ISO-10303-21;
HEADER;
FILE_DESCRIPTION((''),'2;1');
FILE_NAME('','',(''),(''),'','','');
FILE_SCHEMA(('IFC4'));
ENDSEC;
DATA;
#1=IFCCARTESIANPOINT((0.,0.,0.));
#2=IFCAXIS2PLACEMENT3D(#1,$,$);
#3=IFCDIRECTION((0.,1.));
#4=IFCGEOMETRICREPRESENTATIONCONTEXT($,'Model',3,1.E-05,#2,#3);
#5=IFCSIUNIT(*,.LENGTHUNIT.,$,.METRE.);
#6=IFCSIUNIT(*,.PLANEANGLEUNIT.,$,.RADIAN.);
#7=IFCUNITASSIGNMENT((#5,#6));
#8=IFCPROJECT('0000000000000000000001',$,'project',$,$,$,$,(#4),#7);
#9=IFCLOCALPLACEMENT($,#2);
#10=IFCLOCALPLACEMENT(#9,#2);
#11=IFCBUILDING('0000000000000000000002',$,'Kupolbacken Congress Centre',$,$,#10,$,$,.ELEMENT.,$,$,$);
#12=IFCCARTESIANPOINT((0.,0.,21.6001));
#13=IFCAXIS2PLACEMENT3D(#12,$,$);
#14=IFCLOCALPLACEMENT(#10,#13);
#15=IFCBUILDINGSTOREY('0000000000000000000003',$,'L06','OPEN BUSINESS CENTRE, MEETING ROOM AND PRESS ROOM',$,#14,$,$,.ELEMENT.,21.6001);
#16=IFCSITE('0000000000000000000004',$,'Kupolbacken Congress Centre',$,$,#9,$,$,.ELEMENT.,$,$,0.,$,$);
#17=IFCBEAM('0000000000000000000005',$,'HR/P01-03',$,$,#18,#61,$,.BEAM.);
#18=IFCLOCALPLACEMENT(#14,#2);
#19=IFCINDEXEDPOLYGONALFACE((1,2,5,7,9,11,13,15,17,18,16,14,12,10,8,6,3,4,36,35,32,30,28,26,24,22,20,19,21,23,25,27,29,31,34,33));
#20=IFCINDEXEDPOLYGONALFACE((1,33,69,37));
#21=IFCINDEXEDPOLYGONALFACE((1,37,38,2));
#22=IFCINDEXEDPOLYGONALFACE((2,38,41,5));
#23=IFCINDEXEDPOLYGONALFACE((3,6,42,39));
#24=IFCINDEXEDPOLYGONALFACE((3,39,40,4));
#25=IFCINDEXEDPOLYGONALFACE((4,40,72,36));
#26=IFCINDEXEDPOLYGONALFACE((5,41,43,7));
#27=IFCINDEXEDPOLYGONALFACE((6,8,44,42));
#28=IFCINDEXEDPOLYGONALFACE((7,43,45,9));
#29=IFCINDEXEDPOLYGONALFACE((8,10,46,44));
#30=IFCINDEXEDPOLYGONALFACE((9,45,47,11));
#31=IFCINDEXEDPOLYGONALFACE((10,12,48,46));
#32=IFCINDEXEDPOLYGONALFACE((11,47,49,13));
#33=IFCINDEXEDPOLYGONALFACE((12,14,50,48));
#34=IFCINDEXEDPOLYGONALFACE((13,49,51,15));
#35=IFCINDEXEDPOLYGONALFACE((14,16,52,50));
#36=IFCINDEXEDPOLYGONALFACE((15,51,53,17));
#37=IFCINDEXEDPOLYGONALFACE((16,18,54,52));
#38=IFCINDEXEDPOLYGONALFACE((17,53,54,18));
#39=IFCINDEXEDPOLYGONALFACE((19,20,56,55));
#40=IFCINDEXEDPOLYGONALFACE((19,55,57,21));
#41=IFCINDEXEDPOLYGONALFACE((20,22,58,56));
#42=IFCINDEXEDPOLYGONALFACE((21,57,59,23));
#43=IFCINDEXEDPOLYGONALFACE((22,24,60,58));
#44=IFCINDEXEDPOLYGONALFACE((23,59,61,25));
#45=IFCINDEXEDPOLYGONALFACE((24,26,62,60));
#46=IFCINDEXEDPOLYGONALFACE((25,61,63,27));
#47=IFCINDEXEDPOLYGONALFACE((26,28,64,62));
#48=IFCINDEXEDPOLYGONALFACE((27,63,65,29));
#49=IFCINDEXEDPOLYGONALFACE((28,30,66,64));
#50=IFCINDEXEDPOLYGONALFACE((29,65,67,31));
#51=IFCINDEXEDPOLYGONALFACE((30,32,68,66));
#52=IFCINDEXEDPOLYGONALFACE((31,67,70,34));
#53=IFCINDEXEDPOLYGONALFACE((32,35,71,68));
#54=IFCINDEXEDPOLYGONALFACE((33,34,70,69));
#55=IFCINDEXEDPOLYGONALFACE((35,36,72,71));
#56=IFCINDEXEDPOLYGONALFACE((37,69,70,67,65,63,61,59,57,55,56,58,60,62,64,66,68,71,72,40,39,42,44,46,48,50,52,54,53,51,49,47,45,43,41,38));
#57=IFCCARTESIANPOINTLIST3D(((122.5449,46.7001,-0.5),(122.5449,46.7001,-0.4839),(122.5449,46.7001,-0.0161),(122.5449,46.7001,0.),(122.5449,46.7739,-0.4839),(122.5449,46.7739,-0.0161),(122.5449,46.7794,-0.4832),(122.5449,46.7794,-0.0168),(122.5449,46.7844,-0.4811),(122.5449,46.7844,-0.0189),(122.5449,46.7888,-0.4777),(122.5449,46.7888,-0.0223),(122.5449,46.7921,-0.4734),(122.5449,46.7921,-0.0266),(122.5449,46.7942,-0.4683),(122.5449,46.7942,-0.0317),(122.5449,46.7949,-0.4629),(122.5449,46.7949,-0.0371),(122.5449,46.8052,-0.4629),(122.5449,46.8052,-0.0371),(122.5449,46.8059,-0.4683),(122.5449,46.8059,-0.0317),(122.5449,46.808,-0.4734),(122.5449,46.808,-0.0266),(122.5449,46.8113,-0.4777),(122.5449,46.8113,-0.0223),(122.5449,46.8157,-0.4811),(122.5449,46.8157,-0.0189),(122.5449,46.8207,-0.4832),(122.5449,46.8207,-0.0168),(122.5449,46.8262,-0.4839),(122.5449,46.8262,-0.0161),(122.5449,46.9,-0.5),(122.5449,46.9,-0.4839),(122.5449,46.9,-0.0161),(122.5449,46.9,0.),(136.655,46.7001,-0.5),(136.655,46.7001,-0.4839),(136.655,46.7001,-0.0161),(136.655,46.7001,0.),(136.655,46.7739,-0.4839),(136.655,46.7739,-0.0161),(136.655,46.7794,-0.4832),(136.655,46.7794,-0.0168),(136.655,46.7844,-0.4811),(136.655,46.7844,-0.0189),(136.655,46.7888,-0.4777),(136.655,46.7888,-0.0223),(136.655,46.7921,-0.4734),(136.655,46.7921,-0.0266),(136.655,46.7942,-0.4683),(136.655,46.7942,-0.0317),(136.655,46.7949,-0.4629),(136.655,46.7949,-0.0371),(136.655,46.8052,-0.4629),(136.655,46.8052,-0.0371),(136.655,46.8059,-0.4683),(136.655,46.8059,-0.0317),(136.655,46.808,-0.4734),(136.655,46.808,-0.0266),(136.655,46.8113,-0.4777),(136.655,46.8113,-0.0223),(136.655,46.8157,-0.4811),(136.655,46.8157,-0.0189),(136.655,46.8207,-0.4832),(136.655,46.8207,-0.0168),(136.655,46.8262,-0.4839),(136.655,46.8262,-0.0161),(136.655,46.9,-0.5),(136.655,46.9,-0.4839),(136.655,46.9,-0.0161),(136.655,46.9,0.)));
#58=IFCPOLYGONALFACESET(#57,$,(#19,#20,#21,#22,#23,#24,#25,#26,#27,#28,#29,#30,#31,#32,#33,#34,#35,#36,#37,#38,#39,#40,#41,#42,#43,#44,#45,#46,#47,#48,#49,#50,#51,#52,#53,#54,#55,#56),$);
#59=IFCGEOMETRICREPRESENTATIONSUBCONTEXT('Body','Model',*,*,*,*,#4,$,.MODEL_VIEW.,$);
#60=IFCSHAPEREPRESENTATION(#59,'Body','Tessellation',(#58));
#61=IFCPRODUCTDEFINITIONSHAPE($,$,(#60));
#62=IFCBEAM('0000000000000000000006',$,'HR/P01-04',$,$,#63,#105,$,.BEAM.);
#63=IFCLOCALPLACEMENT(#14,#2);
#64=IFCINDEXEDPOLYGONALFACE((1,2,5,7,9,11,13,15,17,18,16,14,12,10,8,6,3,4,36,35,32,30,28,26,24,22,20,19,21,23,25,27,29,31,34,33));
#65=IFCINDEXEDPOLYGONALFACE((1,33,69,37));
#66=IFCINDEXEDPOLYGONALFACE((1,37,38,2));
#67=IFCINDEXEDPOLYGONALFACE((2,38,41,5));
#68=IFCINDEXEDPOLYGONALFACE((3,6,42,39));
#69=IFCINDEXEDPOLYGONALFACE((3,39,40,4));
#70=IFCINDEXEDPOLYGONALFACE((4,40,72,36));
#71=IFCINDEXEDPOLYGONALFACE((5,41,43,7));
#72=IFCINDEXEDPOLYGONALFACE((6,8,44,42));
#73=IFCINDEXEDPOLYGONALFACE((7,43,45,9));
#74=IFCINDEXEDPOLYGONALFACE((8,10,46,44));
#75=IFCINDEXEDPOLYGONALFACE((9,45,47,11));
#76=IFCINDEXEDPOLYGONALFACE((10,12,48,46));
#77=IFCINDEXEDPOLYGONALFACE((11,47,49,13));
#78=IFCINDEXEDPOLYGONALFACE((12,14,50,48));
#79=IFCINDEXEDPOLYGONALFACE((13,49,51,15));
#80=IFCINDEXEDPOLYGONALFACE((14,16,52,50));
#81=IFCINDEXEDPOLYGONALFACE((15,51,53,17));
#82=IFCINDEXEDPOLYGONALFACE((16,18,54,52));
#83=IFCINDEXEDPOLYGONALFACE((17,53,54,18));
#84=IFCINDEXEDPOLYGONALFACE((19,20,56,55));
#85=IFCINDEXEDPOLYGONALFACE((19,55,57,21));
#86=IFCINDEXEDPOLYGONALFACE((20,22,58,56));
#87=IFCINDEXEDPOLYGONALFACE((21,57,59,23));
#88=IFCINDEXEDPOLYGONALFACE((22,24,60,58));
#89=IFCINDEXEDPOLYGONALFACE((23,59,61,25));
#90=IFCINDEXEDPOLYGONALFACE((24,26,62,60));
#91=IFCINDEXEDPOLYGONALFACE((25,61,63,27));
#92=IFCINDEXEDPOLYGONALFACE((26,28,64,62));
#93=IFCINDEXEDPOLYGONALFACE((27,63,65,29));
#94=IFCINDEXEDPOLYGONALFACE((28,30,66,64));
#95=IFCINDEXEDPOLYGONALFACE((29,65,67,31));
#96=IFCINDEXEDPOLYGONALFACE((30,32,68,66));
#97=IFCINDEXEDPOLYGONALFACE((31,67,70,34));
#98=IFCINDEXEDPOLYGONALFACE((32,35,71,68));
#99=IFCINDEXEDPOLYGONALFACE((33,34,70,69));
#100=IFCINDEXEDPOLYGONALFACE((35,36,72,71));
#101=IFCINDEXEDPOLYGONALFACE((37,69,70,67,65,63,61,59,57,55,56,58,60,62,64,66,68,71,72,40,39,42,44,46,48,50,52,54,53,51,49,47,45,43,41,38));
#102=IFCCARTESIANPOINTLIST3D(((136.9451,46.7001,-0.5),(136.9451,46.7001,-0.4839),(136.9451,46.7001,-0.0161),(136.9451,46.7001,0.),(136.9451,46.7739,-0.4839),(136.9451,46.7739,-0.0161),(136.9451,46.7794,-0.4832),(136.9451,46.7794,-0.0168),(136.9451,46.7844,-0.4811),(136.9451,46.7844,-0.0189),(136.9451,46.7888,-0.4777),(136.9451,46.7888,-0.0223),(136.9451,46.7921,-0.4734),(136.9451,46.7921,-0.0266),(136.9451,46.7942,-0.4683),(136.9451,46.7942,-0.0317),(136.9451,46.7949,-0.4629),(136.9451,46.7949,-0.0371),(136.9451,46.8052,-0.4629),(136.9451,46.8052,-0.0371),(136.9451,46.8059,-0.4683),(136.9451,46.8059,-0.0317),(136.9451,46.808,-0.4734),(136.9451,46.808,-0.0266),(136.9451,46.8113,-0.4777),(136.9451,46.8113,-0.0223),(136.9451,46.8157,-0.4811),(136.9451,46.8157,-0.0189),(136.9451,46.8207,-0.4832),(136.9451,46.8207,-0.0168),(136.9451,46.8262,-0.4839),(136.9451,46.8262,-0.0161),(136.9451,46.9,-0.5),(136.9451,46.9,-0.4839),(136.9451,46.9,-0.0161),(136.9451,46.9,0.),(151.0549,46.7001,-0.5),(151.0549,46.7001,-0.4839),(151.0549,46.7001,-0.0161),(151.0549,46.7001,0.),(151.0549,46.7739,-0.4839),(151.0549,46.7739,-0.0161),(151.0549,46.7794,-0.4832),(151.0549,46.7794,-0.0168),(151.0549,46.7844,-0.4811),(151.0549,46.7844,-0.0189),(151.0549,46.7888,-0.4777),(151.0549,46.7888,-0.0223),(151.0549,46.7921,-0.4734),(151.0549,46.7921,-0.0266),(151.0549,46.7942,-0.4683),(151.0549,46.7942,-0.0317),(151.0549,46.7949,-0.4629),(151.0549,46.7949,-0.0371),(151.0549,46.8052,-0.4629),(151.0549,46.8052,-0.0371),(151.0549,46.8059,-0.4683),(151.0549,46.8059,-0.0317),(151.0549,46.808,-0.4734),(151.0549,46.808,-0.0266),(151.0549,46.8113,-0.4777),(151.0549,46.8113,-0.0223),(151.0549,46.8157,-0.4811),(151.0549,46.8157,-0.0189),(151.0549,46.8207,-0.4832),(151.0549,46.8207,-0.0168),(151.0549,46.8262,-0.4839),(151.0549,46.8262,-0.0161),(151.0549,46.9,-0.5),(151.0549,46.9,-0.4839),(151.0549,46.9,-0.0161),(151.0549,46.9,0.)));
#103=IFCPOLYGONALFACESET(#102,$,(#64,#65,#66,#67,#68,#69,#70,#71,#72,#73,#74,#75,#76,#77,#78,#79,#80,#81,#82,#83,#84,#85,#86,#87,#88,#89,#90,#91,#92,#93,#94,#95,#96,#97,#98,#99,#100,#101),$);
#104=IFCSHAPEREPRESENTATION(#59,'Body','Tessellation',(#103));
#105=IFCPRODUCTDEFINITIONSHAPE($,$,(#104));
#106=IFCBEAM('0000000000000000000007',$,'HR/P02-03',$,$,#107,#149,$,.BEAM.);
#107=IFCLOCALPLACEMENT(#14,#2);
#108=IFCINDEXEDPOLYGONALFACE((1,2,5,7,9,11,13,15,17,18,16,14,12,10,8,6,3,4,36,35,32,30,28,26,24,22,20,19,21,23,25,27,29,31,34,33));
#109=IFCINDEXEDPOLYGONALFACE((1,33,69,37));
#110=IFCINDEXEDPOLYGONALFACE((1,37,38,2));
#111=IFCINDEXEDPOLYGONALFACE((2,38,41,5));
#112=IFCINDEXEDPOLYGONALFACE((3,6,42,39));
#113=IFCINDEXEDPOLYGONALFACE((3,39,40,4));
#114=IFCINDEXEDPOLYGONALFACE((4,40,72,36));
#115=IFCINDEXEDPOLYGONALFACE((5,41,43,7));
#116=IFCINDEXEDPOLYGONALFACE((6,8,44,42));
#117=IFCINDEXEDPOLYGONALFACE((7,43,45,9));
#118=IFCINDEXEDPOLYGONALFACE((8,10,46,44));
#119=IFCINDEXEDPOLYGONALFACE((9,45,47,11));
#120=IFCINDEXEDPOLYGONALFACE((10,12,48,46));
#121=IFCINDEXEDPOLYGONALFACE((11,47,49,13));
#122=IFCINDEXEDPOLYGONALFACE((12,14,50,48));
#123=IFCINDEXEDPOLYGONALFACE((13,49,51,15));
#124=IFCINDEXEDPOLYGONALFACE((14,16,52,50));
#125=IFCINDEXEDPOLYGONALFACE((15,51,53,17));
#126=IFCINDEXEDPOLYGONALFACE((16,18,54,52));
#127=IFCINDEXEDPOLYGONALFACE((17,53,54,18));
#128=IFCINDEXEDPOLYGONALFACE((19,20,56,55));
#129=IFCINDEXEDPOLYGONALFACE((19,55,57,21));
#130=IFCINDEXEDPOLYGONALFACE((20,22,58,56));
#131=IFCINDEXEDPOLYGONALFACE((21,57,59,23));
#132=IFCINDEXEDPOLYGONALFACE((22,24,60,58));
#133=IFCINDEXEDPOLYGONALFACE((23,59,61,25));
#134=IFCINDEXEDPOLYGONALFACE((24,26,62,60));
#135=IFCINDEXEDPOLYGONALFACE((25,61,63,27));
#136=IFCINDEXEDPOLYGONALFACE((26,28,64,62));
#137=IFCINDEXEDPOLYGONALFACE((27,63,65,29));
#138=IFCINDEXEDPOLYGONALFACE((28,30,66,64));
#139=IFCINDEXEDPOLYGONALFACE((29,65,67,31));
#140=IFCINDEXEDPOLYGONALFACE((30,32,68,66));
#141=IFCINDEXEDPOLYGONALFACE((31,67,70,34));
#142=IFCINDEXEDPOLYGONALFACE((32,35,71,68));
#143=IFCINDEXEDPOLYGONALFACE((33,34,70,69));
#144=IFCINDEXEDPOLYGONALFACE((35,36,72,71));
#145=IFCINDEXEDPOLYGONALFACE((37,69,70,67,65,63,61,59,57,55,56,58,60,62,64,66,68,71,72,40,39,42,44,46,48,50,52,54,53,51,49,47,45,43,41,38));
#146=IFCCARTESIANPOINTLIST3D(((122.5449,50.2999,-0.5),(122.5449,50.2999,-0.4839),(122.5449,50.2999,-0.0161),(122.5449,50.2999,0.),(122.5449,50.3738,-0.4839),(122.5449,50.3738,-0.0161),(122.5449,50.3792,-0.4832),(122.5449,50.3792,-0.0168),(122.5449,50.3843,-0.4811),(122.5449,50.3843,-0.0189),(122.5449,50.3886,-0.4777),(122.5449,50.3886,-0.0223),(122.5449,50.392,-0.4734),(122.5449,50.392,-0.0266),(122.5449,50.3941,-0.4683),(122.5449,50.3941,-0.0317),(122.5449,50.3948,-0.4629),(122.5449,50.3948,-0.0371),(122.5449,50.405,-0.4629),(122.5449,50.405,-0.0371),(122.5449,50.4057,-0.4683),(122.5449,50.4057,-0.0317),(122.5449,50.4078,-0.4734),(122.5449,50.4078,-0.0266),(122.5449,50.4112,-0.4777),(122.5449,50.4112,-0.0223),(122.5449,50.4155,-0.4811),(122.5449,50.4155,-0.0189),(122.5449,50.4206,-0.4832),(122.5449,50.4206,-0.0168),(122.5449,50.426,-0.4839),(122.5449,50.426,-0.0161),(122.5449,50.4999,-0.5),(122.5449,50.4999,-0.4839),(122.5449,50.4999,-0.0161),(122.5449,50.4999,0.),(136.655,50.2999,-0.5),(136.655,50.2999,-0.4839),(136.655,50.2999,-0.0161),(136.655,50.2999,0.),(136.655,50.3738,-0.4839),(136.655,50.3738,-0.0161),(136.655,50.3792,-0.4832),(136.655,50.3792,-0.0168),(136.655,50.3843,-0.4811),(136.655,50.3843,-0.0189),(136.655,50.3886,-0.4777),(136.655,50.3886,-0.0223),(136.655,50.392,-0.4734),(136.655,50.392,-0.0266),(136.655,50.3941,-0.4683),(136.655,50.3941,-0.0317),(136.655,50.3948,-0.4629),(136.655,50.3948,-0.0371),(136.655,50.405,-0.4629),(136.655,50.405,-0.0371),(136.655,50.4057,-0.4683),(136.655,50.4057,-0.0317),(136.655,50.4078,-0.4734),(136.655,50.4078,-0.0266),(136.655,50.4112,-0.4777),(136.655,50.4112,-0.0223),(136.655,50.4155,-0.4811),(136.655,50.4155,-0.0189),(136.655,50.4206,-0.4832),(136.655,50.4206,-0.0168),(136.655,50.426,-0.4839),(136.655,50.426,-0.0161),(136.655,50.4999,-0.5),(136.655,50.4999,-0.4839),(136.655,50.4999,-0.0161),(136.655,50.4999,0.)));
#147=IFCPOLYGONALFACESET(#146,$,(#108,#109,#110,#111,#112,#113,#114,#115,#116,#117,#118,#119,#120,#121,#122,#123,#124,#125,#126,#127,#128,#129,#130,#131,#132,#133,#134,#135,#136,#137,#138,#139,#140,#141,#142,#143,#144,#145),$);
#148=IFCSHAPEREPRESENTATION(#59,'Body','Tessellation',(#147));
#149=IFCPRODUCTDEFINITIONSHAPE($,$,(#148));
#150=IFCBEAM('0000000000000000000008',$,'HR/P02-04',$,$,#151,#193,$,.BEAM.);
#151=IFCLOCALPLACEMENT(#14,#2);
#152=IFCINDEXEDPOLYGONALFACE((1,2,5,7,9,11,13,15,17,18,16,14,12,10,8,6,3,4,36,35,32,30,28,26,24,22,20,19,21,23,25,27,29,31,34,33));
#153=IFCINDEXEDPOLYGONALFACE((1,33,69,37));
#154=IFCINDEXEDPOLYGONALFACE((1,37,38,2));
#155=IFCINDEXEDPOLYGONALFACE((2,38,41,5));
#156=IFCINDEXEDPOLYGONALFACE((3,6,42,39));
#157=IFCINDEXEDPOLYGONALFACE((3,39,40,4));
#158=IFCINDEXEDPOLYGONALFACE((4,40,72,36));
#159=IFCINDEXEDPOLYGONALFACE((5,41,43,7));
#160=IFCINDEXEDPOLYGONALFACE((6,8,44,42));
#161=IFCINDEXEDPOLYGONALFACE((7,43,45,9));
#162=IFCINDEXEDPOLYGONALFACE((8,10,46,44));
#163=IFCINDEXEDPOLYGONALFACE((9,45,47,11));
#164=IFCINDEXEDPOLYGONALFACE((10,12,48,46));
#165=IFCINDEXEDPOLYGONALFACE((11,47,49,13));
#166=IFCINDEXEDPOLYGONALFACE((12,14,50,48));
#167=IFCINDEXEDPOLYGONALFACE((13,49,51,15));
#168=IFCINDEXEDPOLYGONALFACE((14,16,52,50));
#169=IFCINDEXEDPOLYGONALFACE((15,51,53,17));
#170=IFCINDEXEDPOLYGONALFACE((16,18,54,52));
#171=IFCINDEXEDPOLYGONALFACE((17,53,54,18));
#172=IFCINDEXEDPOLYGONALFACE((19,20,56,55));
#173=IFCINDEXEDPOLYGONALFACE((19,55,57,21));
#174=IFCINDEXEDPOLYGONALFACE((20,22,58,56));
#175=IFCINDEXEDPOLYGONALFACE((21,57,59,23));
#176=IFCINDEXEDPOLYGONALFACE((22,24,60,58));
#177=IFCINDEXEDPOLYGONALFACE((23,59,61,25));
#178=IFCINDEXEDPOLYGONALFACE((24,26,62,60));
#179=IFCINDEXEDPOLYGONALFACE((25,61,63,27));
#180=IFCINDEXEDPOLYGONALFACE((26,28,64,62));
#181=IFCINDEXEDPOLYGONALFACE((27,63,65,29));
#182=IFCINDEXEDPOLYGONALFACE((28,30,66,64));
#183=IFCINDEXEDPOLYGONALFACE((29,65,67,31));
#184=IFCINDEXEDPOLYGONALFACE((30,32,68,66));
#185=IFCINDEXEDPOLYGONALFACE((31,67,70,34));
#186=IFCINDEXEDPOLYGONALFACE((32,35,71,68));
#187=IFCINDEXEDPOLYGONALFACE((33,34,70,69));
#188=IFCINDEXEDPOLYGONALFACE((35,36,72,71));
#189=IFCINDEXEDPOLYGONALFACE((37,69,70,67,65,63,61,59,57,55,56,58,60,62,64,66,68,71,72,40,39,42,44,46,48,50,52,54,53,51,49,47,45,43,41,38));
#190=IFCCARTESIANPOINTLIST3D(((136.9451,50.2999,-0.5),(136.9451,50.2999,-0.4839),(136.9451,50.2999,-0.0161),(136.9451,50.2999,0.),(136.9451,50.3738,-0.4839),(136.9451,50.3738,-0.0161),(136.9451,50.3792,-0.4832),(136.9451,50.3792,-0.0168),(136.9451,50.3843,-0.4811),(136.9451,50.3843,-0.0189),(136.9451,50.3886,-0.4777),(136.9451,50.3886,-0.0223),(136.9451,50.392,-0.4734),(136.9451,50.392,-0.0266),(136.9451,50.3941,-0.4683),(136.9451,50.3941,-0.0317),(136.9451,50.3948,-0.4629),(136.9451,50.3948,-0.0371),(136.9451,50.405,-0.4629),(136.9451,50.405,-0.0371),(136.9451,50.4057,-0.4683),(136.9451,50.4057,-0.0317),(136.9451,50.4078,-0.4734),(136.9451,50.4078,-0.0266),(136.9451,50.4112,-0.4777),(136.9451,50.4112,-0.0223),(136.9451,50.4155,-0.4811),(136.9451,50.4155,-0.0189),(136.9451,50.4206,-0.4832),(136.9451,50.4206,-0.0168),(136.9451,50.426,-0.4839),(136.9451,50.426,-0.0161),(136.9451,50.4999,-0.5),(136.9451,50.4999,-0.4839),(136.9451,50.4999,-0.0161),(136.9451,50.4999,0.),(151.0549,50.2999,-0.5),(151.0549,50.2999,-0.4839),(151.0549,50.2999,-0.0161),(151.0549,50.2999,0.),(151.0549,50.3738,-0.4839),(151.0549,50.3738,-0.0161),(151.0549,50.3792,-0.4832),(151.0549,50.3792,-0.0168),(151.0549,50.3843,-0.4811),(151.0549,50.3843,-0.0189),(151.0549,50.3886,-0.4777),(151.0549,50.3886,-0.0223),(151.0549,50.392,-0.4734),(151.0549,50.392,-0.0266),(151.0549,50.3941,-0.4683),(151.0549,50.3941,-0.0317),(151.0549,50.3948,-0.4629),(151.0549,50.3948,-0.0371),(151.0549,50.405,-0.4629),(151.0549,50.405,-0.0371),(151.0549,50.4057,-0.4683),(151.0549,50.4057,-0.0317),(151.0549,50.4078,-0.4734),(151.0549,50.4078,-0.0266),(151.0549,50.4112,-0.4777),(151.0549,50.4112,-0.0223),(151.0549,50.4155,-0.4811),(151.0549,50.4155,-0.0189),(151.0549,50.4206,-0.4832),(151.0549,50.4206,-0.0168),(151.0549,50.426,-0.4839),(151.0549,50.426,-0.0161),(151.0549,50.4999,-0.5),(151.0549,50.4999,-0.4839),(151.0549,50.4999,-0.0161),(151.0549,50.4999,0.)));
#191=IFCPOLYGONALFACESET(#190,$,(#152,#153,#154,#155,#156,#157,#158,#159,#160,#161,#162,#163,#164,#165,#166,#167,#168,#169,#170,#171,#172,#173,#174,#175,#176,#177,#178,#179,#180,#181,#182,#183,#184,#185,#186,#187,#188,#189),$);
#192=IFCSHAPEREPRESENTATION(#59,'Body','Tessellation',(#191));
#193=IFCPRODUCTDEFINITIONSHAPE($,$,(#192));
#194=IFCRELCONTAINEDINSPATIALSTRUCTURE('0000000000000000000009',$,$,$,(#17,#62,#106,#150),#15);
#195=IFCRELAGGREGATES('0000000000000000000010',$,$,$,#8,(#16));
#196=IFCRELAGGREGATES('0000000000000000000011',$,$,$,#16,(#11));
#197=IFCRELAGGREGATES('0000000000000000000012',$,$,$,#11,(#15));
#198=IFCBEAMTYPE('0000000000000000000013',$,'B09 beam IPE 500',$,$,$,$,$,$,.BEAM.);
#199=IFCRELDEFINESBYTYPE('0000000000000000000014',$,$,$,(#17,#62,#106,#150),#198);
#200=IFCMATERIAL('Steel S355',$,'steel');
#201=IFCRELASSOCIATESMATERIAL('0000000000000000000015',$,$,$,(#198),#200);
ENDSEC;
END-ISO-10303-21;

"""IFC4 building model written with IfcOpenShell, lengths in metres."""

from ifc_helpers import new_model, si_unit, direction, frame, origin, origin_2d, place, context, subcontext, project, spatial, i_section, extrude, material, material_profile, profile_set, type_object, element, save


model = new_model("IFC4")

# Units and contexts
model_context = context("Model", 3, precision=1e-05, world=origin(), true_north=direction((0.0, 1.0)))
body_context = subcontext(model_context, "Body", "Model", "MODEL_VIEW")
ifc_project = project(units=[si_unit("LENGTHUNIT", "METRE"), si_unit("PLANEANGLEUNIT", "RADIAN")], contexts=[model_context])

# Site, building, storey
site_placement = place(None, origin())
site = spatial("IfcSite", under=ifc_project, at=site_placement, Name="Kupolbacken Congress Centre", CompositionType="ELEMENT", RefElevation=0.0)
building_placement = place(site_placement, origin())
building = spatial("IfcBuilding", under=site, at=building_placement, Name="Kupolbacken Congress Centre", CompositionType="ELEMENT")
storey_placement = place(building_placement, frame((0.0, 0.0, 21.6001)))
storey = spatial("IfcBuildingStorey", under=building, at=storey_placement, Name="L06", Description="OPEN BUSINESS CENTRE, MEETING ROOM AND PRESS ROOM", CompositionType="ELEMENT", Elevation=21.6001)

# Beams
ifc_material_1 = material(Name="Steel S355", Category="steel")
ifc_material_profile_1 = material_profile(ifc_material_1, i_section(OverallWidth=0.2, OverallDepth=0.5, WebThickness=0.0103, FlangeThickness=0.0161, FilletRadius=0.021, at=origin_2d()), Name="IPE 500")
ifc_profile_set_1 = profile_set([ifc_material_profile_1], Name="Steel S355")
beam_type_1 = type_object("IfcBeamType", Name="B09 beam IPE 500", PredefinedType="BEAM", material=ifc_profile_set_1)
beam_1_placement = place(storey_placement, frame((122.5449, 46.8, -0.25), z_axis=(1.0, 0.0, 0.0), x_axis=(0.0, 1.0, 0.0)))
element("IfcBeam", 1, at=beam_1_placement, inside=storey, type_object=beam_type_1, Name="HR/P01-03", PredefinedType="BEAM", context=body_context, shape_type="SweptSolid", body=[
    extrude(i_section(OverallWidth=0.2, OverallDepth=0.5, WebThickness=0.0103, FlangeThickness=0.0161, FilletRadius=0.021, at=origin_2d()), origin(), (0.0, 0.0, 1.0), 14.1101),
])
beam_2_placement = place(storey_placement, frame((136.9451, 46.8, -0.25), z_axis=(1.0, 0.0, 0.0), x_axis=(0.0, 1.0, 0.0)))
element("IfcBeam", 2, at=beam_2_placement, inside=storey, type_object=beam_type_1, Name="HR/P01-04", PredefinedType="BEAM", context=body_context, shape_type="SweptSolid", body=[
    extrude(i_section(OverallWidth=0.2, OverallDepth=0.5, WebThickness=0.0103, FlangeThickness=0.0161, FilletRadius=0.021, at=origin_2d()), origin(), (0.0, 0.0, 1.0), 14.1099),
])
beam_3_placement = place(storey_placement, frame((122.5449, 50.3999, -0.25), z_axis=(1.0, 0.0, 0.0), x_axis=(0.0, 1.0, 0.0)))
element("IfcBeam", 3, at=beam_3_placement, inside=storey, type_object=beam_type_1, Name="HR/P02-03", PredefinedType="BEAM", context=body_context, shape_type="SweptSolid", body=[
    extrude(i_section(OverallWidth=0.2, OverallDepth=0.5, WebThickness=0.0103, FlangeThickness=0.0161, FilletRadius=0.021, at=origin_2d()), origin(), (0.0, 0.0, 1.0), 14.1101),
])
beam_4_placement = place(storey_placement, frame((136.9451, 50.3999, -0.25), z_axis=(1.0, 0.0, 0.0), x_axis=(0.0, 1.0, 0.0)))
element("IfcBeam", 4, at=beam_4_placement, inside=storey, type_object=beam_type_1, Name="HR/P02-04", PredefinedType="BEAM", context=body_context, shape_type="SweptSolid", body=[
    extrude(i_section(OverallWidth=0.2, OverallDepth=0.5, WebThickness=0.0103, FlangeThickness=0.0161, FilletRadius=0.021, at=origin_2d()), origin(), (0.0, 0.0, 1.0), 14.1099),
])

save(model, "model.ifc")
